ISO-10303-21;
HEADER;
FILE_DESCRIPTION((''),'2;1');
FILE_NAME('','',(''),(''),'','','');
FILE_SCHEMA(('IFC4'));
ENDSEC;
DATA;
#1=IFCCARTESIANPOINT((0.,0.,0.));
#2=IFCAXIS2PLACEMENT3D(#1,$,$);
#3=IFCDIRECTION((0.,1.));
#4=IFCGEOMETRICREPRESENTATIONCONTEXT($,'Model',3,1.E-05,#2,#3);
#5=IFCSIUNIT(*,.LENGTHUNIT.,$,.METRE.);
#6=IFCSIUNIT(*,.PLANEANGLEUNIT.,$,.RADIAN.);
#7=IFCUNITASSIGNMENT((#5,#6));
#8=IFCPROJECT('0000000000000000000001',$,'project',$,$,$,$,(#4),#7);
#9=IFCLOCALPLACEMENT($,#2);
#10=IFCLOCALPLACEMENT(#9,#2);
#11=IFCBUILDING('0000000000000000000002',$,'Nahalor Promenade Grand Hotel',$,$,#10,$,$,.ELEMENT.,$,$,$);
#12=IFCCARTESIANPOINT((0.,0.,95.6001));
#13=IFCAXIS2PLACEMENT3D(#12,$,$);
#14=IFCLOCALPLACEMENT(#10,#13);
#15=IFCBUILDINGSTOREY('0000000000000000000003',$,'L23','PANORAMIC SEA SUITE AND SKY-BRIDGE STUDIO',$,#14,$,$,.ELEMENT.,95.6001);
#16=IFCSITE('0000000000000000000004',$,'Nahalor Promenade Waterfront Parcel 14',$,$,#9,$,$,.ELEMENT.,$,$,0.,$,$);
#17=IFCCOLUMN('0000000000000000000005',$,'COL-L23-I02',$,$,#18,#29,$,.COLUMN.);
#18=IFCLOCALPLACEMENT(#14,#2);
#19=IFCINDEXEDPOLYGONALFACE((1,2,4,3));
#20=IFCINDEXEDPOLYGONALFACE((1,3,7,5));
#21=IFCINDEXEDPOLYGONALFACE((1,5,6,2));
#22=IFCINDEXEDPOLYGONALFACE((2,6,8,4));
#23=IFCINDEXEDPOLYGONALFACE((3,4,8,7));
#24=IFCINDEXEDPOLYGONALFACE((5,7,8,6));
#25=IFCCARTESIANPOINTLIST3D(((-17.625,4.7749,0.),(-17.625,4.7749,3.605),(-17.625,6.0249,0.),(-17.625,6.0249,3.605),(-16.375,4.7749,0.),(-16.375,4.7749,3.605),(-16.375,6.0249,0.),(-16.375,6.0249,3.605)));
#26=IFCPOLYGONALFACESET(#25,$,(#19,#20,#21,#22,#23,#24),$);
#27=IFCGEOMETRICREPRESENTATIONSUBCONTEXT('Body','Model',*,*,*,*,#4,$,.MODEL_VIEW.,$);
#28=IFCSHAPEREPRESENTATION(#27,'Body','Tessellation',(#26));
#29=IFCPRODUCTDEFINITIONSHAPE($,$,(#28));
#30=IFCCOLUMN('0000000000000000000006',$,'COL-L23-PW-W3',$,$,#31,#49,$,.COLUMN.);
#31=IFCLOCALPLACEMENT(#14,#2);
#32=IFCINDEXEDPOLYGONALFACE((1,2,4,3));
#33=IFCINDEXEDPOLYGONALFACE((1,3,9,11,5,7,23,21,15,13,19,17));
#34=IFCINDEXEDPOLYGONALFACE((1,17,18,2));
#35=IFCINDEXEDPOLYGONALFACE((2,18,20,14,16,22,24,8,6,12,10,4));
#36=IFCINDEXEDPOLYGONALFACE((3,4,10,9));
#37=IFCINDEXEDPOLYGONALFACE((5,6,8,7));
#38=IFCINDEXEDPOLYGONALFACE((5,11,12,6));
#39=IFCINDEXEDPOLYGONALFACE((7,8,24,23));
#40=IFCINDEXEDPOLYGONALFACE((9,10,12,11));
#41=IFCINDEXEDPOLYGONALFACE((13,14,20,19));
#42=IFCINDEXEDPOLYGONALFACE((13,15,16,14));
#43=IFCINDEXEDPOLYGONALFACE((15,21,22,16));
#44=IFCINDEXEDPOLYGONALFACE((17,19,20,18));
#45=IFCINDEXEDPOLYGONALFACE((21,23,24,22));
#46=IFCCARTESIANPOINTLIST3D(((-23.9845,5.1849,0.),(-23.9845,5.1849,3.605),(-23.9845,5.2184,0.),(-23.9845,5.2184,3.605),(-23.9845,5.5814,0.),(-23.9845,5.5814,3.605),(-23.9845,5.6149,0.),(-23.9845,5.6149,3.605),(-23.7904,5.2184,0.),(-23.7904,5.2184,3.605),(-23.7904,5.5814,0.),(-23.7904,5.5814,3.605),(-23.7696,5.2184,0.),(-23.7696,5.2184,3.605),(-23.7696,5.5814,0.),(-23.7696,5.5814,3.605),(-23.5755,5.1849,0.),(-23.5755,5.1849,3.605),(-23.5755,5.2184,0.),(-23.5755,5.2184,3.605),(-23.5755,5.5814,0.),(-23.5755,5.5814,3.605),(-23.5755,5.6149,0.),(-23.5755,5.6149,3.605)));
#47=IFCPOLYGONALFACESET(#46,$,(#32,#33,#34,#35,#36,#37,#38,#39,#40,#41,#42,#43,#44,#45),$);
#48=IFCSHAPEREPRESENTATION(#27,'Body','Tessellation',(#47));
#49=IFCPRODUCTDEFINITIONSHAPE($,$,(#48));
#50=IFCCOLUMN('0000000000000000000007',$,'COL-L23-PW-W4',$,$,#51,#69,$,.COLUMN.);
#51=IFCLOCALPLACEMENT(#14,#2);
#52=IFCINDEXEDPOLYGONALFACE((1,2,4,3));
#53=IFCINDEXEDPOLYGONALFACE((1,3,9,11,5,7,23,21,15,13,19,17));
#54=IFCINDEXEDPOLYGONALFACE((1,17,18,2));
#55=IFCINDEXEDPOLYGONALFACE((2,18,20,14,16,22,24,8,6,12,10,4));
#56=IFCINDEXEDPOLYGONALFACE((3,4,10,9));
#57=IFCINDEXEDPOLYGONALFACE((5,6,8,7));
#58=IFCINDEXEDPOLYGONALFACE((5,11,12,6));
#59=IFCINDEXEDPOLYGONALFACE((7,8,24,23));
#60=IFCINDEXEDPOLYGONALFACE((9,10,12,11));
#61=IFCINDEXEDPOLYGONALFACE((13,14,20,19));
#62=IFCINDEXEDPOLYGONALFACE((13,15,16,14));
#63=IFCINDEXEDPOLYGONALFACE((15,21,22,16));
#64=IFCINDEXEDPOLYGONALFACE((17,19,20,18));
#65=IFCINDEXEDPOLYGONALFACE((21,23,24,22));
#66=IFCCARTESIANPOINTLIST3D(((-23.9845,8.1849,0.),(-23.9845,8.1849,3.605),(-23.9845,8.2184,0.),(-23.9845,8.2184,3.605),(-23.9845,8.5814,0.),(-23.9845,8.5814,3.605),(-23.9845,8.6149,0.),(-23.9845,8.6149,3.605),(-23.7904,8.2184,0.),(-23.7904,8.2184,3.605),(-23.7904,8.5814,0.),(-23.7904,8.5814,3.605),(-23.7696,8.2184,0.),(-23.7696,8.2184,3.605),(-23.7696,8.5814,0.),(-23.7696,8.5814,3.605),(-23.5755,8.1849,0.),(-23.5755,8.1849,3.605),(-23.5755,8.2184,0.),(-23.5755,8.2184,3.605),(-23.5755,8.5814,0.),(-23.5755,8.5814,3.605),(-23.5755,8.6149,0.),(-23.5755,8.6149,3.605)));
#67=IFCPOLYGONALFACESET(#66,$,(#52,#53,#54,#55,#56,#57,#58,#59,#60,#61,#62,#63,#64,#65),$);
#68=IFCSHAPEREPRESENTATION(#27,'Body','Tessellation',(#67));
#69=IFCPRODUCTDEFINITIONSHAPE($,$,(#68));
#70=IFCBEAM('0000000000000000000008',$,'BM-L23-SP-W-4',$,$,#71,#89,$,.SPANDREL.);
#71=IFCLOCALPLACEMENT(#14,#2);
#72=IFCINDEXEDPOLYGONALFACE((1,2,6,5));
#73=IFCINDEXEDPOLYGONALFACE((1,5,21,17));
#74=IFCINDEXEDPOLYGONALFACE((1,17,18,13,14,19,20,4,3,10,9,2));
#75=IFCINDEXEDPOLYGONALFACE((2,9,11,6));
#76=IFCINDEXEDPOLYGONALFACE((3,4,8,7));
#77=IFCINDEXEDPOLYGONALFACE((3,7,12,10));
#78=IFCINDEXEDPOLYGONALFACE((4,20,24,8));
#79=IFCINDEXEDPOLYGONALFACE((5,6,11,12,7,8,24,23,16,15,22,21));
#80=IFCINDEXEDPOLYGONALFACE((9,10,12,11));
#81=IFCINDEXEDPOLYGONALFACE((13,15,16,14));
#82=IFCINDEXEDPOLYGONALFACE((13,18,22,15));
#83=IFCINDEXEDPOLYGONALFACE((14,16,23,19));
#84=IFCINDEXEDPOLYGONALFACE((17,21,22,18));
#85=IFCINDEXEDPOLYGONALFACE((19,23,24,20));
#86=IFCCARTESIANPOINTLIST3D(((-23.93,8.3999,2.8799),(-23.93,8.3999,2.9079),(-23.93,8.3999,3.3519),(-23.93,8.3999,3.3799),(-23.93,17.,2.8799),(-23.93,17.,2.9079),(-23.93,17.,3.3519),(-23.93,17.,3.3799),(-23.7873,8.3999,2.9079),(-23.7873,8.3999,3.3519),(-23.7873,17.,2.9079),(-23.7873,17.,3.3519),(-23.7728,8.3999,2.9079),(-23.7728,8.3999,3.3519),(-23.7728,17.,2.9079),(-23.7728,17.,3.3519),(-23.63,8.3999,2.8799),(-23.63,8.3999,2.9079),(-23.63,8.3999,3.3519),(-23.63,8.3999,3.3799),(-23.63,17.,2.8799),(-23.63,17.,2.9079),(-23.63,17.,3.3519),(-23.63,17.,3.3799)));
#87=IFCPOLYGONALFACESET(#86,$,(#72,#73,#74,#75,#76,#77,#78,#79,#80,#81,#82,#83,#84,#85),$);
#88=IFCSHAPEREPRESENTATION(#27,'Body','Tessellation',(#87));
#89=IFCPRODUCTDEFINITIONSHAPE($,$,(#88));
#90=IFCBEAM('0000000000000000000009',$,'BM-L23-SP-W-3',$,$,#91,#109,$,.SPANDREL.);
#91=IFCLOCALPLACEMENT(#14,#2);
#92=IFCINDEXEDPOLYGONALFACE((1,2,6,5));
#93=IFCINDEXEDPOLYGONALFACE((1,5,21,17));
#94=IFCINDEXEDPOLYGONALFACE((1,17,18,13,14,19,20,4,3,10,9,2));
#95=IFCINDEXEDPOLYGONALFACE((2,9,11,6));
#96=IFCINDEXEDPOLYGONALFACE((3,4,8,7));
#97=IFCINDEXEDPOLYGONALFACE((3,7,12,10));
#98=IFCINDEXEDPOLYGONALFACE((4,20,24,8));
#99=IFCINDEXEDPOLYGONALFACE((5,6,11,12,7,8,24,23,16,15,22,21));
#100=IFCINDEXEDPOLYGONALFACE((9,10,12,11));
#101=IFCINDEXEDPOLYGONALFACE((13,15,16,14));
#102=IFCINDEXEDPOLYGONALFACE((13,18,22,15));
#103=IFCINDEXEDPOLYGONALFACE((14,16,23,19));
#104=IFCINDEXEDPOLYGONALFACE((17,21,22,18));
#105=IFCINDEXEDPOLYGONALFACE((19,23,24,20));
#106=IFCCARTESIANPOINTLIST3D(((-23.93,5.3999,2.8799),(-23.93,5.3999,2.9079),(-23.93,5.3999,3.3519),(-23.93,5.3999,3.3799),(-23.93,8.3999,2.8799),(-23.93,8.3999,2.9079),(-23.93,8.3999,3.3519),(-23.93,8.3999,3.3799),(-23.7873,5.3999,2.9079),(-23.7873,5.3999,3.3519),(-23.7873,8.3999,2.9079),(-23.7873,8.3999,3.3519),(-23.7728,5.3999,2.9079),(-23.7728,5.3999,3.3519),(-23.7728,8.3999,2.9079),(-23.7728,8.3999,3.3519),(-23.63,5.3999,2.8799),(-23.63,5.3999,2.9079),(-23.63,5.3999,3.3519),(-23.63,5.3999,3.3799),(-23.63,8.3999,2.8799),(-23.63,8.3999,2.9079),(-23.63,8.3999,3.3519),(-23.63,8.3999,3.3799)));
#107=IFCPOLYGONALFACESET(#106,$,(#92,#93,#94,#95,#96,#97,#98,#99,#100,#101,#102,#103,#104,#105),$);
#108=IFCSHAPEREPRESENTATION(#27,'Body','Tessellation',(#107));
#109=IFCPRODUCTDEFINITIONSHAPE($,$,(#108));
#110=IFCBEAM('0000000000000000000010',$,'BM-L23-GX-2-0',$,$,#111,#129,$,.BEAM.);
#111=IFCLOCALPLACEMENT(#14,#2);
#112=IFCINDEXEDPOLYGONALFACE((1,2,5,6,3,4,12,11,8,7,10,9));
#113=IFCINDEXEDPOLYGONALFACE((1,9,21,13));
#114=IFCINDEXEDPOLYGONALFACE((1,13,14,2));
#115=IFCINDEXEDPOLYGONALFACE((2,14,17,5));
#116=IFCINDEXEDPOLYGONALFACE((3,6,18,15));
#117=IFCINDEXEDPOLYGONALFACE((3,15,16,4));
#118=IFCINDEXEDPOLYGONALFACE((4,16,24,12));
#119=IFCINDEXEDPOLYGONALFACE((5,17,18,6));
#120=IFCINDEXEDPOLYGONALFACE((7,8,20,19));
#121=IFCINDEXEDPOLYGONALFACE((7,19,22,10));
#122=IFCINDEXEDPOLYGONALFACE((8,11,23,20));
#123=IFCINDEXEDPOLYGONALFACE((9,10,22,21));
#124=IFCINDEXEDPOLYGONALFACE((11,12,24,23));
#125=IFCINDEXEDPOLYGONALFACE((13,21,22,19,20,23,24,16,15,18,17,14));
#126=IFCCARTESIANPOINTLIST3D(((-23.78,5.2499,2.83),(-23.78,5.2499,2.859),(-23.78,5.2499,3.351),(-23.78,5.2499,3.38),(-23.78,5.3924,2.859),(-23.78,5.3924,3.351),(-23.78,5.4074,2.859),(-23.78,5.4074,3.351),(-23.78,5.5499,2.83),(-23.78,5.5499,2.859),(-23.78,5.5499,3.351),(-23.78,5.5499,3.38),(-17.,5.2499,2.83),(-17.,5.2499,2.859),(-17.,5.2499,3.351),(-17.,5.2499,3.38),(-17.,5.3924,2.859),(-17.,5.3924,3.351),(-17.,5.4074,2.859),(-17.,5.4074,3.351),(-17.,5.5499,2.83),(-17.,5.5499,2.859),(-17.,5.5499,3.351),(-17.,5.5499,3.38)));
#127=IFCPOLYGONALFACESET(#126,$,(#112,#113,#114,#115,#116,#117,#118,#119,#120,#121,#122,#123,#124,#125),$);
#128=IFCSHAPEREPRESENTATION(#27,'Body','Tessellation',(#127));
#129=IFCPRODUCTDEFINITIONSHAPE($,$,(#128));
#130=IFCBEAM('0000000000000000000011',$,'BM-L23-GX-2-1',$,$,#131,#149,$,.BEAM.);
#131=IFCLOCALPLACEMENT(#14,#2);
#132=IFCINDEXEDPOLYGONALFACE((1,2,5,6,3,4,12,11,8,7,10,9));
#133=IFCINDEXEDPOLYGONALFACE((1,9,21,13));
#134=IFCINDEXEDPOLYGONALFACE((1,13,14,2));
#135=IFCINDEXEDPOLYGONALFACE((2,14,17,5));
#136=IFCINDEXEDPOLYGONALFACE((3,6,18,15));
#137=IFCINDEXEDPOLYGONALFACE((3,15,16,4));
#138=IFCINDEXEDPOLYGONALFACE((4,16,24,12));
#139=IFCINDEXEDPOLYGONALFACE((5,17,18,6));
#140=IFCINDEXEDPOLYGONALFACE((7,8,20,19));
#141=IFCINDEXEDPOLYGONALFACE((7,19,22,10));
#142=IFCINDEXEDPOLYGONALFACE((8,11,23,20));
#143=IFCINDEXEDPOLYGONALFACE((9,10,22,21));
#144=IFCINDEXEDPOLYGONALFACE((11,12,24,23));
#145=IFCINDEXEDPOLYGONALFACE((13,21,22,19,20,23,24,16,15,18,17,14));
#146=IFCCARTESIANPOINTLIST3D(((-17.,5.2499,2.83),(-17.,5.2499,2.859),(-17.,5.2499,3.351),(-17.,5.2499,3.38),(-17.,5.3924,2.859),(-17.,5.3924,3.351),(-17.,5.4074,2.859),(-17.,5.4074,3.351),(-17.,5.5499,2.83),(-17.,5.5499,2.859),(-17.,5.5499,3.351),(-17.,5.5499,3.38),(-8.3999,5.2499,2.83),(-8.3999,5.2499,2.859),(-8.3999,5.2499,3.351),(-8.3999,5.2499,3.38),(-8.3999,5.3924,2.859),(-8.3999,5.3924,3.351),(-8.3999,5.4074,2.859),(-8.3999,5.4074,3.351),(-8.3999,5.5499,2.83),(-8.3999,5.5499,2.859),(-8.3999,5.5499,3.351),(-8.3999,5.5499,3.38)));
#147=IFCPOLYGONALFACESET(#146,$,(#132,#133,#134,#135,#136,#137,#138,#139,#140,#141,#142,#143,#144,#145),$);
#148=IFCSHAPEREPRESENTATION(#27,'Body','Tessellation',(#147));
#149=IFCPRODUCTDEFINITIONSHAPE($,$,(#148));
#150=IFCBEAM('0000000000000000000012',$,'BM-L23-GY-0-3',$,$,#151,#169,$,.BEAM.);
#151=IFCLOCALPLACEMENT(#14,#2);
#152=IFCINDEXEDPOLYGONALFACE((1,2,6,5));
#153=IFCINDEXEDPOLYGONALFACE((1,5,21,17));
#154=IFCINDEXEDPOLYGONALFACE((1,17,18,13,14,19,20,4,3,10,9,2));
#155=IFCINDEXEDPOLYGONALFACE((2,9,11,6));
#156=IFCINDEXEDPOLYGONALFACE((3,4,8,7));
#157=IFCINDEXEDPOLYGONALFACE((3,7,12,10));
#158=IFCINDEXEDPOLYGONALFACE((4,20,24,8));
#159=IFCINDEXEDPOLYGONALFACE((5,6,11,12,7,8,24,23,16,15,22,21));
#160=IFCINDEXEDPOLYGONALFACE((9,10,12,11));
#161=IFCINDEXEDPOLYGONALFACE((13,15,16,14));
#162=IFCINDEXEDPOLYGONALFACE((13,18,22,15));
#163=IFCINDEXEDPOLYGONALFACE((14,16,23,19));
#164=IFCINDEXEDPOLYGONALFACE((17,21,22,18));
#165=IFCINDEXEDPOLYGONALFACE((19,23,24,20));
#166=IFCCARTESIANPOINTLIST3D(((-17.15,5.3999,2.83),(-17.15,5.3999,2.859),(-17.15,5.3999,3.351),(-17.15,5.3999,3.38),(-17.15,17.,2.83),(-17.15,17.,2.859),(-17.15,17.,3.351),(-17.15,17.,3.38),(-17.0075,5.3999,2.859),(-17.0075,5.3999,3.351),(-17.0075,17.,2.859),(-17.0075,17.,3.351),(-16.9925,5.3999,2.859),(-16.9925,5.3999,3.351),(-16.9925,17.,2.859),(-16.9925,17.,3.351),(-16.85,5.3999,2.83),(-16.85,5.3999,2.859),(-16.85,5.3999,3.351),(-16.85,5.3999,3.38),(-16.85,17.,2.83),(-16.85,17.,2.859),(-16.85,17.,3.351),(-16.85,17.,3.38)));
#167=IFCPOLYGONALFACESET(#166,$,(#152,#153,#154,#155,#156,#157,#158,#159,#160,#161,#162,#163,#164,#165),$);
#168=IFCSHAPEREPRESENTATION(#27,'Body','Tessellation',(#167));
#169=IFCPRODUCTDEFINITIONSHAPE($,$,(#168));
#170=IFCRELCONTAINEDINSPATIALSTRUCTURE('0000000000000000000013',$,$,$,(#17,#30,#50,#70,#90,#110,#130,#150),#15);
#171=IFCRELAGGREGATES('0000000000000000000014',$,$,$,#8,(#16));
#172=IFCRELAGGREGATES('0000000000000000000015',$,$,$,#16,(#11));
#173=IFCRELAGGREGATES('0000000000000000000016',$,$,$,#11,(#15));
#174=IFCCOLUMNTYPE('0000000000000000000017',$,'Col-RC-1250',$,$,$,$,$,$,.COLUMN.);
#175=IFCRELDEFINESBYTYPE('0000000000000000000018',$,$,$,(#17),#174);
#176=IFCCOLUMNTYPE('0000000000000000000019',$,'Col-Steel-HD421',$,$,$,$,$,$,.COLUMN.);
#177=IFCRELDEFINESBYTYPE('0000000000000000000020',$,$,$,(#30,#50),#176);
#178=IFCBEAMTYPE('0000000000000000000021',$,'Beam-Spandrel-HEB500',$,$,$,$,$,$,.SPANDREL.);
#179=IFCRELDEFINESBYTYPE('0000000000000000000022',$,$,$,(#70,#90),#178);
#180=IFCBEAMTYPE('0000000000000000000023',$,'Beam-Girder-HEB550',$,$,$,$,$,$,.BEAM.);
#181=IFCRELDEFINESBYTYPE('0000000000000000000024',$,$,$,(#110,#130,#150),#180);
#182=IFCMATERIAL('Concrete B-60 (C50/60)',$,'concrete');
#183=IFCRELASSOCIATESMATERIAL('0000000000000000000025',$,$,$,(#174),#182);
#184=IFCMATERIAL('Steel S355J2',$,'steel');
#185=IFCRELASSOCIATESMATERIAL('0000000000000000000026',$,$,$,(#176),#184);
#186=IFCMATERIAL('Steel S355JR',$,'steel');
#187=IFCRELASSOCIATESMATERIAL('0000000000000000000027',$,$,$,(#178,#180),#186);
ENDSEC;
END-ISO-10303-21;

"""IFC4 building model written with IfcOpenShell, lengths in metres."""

from ifc_helpers import new_model, si_unit, direction, frame, origin, origin_2d, place, context, subcontext, project, spatial, rectangle, i_section, extrude, source, transform, mapped, material, material_profile, profile_set, type_object, element, save


model = new_model("IFC4")

# Units and contexts
model_context = context("Model", 3, precision=1e-05, world=origin(), true_north=direction((0.0, 1.0)))
body_context = subcontext(model_context, "Body", "Model", "MODEL_VIEW")
ifc_project = project(units=[si_unit("LENGTHUNIT", "METRE"), si_unit("PLANEANGLEUNIT", "RADIAN")], contexts=[model_context])

# Site, building, storey
site_placement = place(None, origin())
site = spatial("IfcSite", under=ifc_project, at=site_placement, Name="Nahalor Promenade Waterfront Parcel 14", CompositionType="ELEMENT", RefElevation=0.0)
building_placement = place(site_placement, origin())
building = spatial("IfcBuilding", under=site, at=building_placement, Name="Nahalor Promenade Grand Hotel", CompositionType="ELEMENT")
storey_placement = place(building_placement, frame((0.0, 0.0, 95.6001)))
storey = spatial("IfcBuildingStorey", under=building, at=storey_placement, Name="L23", Description="PANORAMIC SEA SUITE AND SKY-BRIDGE STUDIO", CompositionType="ELEMENT", Elevation=95.6001)

# Columns
ifc_material_1 = material(Name="Concrete B-60 (C50/60)", Category="concrete")
ifc_material_profile_1 = material_profile(ifc_material_1, rectangle(XDim=1.25, YDim=1.25, at=origin_2d()), Name="RC 1250x1250")
ifc_profile_set_1 = profile_set([ifc_material_profile_1], Name="Concrete B-60 (C50/60)")
column_type_1 = type_object("IfcColumnType", Name="Col-RC-1250", PredefinedType="COLUMN", material=ifc_profile_set_1)
shared_shape_1 = source(origin(), body_context, "Body", "SweptSolid", [
    extrude(rectangle(XDim=1.25, YDim=1.25, at=origin_2d()), origin(), (0.0, 0.0, 1.0), 3.605),
])
column_placement = place(storey_placement, frame((-17.0, 5.3999, 0.0), z_axis=(0.0, 0.0, 1.0), x_axis=(1.0, 0.0, 0.0)))
element("IfcColumn", 1, at=column_placement, inside=storey, type_object=column_type_1, Name="COL-L23-I02", PredefinedType="COLUMN", context=body_context, shape_type="MappedRepresentation", body=[
    mapped(shared_shape_1, transform((0.0, 0.0, 0.0), scale=1.0)),
])
ifc_material_2 = material(Name="Steel S355J2", Category="steel")
ifc_material_profile_2 = material_profile(ifc_material_2, i_section(OverallWidth=0.409, OverallDepth=0.43, WebThickness=0.0208, FlangeThickness=0.0335, at=origin_2d()), Name="HD 400x421")
ifc_profile_set_2 = profile_set([ifc_material_profile_2], Name="Steel S355J2")
column_type_2 = type_object("IfcColumnType", Name="Col-Steel-HD421", PredefinedType="COLUMN", material=ifc_profile_set_2)
shared_shape_2 = source(origin(), body_context, "Body", "SweptSolid", [
    extrude(i_section(OverallWidth=0.409, OverallDepth=0.43, WebThickness=0.0208, FlangeThickness=0.0335, at=origin_2d()), origin(), (0.0, 0.0, 1.0), 3.605),
])
for number, where, z_axis, x_axis, name in (
    (2, (-23.78, 5.3999, 0.0), (0.0, 0.0, 1.0), (1.0, 0.0, 0.0), "COL-L23-PW-W3"),
    (3, (-23.78, 8.3999, 0.0), (0.0, 0.0, 1.0), (1.0, 0.0, 0.0), "COL-L23-PW-W4"),
):
    element("IfcColumn", number, at=place(storey_placement, frame(where, z_axis=z_axis, x_axis=x_axis)), inside=storey, type_object=column_type_2, Name=name, PredefinedType="COLUMN", context=body_context, shape_type="MappedRepresentation", body=[
        mapped(shared_shape_2, transform((0.0, 0.0, 0.0), scale=1.0)),
    ])

# Beams
ifc_material_3 = material(Name="Steel S355JR", Category="steel")
ifc_material_profile_3 = material_profile(ifc_material_3, i_section(OverallWidth=0.3, OverallDepth=0.5, WebThickness=0.0145, FlangeThickness=0.028, at=origin_2d()), Name="HEB 500")
ifc_profile_set_3 = profile_set([ifc_material_profile_3], Name="Steel S355JR")
beam_type_1 = type_object("IfcBeamType", Name="Beam-Spandrel-HEB500", PredefinedType="SPANDREL", material=ifc_profile_set_3)
shared_shape_3 = source(origin(), body_context, "Body", "SweptSolid", [
    extrude(i_section(OverallWidth=0.3, OverallDepth=0.5, WebThickness=0.0145, FlangeThickness=0.028, at=origin_2d()), origin(), (0.0, 0.0, 1.0), 8.6001),
])
beam_1_placement = place(storey_placement, frame((-23.78, 8.3999, 3.1299), z_axis=(0.0, 1.0, 0.0), x_axis=(-1.0, 0.0, 0.0)))
element("IfcBeam", 4, at=beam_1_placement, inside=storey, type_object=beam_type_1, Name="BM-L23-SP-W-4", PredefinedType="SPANDREL", context=body_context, shape_type="MappedRepresentation", body=[
    mapped(shared_shape_3, transform((0.0, 0.0, 0.0), scale=1.0)),
])
shared_shape_4 = source(origin(), body_context, "Body", "SweptSolid", [
    extrude(i_section(OverallWidth=0.3, OverallDepth=0.5, WebThickness=0.0145, FlangeThickness=0.028, at=origin_2d()), origin(), (0.0, 0.0, 1.0), 3.0),
])
beam_2_placement = place(storey_placement, frame((-23.78, 5.3999, 3.1299), z_axis=(0.0, 1.0, 0.0), x_axis=(-1.0, 0.0, 0.0)))
element("IfcBeam", 5, at=beam_2_placement, inside=storey, type_object=beam_type_1, Name="BM-L23-SP-W-3", PredefinedType="SPANDREL", context=body_context, shape_type="MappedRepresentation", body=[
    mapped(shared_shape_4, transform((0.0, 0.0, 0.0), scale=1.0)),
])
ifc_material_profile_4 = material_profile(ifc_material_3, i_section(OverallWidth=0.3, OverallDepth=0.55, WebThickness=0.015, FlangeThickness=0.029, at=origin_2d()), Name="HEB 550")
ifc_profile_set_4 = profile_set([ifc_material_profile_4], Name="Steel S355JR")
beam_type_2 = type_object("IfcBeamType", Name="Beam-Girder-HEB550", PredefinedType="BEAM", material=ifc_profile_set_4)
shared_shape_5 = source(origin(), body_context, "Body", "SweptSolid", [
    extrude(i_section(OverallWidth=0.3, OverallDepth=0.55, WebThickness=0.015, FlangeThickness=0.029, at=origin_2d()), origin(), (0.0, 0.0, 1.0), 6.78),
])
beam_3_placement = place(storey_placement, frame((-23.78, 5.3999, 3.105), z_axis=(1.0, 0.0, 0.0), x_axis=(0.0, 1.0, 0.0)))
element("IfcBeam", 6, at=beam_3_placement, inside=storey, type_object=beam_type_2, Name="BM-L23-GX-2-0", PredefinedType="BEAM", context=body_context, shape_type="MappedRepresentation", body=[
    mapped(shared_shape_5, transform((0.0, 0.0, 0.0), scale=1.0)),
])
shared_shape_6 = source(origin(), body_context, "Body", "SweptSolid", [
    extrude(i_section(OverallWidth=0.3, OverallDepth=0.55, WebThickness=0.015, FlangeThickness=0.029, at=origin_2d()), origin(), (0.0, 0.0, 1.0), 8.6001),
])
beam_4_placement = place(storey_placement, frame((-17.0, 5.3999, 3.105), z_axis=(1.0, 0.0, 0.0), x_axis=(0.0, 1.0, 0.0)))
element("IfcBeam", 7, at=beam_4_placement, inside=storey, type_object=beam_type_2, Name="BM-L23-GX-2-1", PredefinedType="BEAM", context=body_context, shape_type="MappedRepresentation", body=[
    mapped(shared_shape_6, transform((0.0, 0.0, 0.0), scale=1.0)),
])
shared_shape_7 = source(origin(), body_context, "Body", "SweptSolid", [
    extrude(i_section(OverallWidth=0.3, OverallDepth=0.55, WebThickness=0.015, FlangeThickness=0.029, at=origin_2d()), origin(), (0.0, 0.0, 1.0), 11.6001),
])
beam_5_placement = place(storey_placement, frame((-17.0, 5.3999, 3.105), z_axis=(0.0, 1.0, 0.0), x_axis=(-1.0, 0.0, 0.0)))
element("IfcBeam", 8, at=beam_5_placement, inside=storey, type_object=beam_type_2, Name="BM-L23-GY-0-3", PredefinedType="BEAM", context=body_context, shape_type="MappedRepresentation", body=[
    mapped(shared_shape_7, transform((0.0, 0.0, 0.0), scale=1.0)),
])

save(model, "model.ifc")
